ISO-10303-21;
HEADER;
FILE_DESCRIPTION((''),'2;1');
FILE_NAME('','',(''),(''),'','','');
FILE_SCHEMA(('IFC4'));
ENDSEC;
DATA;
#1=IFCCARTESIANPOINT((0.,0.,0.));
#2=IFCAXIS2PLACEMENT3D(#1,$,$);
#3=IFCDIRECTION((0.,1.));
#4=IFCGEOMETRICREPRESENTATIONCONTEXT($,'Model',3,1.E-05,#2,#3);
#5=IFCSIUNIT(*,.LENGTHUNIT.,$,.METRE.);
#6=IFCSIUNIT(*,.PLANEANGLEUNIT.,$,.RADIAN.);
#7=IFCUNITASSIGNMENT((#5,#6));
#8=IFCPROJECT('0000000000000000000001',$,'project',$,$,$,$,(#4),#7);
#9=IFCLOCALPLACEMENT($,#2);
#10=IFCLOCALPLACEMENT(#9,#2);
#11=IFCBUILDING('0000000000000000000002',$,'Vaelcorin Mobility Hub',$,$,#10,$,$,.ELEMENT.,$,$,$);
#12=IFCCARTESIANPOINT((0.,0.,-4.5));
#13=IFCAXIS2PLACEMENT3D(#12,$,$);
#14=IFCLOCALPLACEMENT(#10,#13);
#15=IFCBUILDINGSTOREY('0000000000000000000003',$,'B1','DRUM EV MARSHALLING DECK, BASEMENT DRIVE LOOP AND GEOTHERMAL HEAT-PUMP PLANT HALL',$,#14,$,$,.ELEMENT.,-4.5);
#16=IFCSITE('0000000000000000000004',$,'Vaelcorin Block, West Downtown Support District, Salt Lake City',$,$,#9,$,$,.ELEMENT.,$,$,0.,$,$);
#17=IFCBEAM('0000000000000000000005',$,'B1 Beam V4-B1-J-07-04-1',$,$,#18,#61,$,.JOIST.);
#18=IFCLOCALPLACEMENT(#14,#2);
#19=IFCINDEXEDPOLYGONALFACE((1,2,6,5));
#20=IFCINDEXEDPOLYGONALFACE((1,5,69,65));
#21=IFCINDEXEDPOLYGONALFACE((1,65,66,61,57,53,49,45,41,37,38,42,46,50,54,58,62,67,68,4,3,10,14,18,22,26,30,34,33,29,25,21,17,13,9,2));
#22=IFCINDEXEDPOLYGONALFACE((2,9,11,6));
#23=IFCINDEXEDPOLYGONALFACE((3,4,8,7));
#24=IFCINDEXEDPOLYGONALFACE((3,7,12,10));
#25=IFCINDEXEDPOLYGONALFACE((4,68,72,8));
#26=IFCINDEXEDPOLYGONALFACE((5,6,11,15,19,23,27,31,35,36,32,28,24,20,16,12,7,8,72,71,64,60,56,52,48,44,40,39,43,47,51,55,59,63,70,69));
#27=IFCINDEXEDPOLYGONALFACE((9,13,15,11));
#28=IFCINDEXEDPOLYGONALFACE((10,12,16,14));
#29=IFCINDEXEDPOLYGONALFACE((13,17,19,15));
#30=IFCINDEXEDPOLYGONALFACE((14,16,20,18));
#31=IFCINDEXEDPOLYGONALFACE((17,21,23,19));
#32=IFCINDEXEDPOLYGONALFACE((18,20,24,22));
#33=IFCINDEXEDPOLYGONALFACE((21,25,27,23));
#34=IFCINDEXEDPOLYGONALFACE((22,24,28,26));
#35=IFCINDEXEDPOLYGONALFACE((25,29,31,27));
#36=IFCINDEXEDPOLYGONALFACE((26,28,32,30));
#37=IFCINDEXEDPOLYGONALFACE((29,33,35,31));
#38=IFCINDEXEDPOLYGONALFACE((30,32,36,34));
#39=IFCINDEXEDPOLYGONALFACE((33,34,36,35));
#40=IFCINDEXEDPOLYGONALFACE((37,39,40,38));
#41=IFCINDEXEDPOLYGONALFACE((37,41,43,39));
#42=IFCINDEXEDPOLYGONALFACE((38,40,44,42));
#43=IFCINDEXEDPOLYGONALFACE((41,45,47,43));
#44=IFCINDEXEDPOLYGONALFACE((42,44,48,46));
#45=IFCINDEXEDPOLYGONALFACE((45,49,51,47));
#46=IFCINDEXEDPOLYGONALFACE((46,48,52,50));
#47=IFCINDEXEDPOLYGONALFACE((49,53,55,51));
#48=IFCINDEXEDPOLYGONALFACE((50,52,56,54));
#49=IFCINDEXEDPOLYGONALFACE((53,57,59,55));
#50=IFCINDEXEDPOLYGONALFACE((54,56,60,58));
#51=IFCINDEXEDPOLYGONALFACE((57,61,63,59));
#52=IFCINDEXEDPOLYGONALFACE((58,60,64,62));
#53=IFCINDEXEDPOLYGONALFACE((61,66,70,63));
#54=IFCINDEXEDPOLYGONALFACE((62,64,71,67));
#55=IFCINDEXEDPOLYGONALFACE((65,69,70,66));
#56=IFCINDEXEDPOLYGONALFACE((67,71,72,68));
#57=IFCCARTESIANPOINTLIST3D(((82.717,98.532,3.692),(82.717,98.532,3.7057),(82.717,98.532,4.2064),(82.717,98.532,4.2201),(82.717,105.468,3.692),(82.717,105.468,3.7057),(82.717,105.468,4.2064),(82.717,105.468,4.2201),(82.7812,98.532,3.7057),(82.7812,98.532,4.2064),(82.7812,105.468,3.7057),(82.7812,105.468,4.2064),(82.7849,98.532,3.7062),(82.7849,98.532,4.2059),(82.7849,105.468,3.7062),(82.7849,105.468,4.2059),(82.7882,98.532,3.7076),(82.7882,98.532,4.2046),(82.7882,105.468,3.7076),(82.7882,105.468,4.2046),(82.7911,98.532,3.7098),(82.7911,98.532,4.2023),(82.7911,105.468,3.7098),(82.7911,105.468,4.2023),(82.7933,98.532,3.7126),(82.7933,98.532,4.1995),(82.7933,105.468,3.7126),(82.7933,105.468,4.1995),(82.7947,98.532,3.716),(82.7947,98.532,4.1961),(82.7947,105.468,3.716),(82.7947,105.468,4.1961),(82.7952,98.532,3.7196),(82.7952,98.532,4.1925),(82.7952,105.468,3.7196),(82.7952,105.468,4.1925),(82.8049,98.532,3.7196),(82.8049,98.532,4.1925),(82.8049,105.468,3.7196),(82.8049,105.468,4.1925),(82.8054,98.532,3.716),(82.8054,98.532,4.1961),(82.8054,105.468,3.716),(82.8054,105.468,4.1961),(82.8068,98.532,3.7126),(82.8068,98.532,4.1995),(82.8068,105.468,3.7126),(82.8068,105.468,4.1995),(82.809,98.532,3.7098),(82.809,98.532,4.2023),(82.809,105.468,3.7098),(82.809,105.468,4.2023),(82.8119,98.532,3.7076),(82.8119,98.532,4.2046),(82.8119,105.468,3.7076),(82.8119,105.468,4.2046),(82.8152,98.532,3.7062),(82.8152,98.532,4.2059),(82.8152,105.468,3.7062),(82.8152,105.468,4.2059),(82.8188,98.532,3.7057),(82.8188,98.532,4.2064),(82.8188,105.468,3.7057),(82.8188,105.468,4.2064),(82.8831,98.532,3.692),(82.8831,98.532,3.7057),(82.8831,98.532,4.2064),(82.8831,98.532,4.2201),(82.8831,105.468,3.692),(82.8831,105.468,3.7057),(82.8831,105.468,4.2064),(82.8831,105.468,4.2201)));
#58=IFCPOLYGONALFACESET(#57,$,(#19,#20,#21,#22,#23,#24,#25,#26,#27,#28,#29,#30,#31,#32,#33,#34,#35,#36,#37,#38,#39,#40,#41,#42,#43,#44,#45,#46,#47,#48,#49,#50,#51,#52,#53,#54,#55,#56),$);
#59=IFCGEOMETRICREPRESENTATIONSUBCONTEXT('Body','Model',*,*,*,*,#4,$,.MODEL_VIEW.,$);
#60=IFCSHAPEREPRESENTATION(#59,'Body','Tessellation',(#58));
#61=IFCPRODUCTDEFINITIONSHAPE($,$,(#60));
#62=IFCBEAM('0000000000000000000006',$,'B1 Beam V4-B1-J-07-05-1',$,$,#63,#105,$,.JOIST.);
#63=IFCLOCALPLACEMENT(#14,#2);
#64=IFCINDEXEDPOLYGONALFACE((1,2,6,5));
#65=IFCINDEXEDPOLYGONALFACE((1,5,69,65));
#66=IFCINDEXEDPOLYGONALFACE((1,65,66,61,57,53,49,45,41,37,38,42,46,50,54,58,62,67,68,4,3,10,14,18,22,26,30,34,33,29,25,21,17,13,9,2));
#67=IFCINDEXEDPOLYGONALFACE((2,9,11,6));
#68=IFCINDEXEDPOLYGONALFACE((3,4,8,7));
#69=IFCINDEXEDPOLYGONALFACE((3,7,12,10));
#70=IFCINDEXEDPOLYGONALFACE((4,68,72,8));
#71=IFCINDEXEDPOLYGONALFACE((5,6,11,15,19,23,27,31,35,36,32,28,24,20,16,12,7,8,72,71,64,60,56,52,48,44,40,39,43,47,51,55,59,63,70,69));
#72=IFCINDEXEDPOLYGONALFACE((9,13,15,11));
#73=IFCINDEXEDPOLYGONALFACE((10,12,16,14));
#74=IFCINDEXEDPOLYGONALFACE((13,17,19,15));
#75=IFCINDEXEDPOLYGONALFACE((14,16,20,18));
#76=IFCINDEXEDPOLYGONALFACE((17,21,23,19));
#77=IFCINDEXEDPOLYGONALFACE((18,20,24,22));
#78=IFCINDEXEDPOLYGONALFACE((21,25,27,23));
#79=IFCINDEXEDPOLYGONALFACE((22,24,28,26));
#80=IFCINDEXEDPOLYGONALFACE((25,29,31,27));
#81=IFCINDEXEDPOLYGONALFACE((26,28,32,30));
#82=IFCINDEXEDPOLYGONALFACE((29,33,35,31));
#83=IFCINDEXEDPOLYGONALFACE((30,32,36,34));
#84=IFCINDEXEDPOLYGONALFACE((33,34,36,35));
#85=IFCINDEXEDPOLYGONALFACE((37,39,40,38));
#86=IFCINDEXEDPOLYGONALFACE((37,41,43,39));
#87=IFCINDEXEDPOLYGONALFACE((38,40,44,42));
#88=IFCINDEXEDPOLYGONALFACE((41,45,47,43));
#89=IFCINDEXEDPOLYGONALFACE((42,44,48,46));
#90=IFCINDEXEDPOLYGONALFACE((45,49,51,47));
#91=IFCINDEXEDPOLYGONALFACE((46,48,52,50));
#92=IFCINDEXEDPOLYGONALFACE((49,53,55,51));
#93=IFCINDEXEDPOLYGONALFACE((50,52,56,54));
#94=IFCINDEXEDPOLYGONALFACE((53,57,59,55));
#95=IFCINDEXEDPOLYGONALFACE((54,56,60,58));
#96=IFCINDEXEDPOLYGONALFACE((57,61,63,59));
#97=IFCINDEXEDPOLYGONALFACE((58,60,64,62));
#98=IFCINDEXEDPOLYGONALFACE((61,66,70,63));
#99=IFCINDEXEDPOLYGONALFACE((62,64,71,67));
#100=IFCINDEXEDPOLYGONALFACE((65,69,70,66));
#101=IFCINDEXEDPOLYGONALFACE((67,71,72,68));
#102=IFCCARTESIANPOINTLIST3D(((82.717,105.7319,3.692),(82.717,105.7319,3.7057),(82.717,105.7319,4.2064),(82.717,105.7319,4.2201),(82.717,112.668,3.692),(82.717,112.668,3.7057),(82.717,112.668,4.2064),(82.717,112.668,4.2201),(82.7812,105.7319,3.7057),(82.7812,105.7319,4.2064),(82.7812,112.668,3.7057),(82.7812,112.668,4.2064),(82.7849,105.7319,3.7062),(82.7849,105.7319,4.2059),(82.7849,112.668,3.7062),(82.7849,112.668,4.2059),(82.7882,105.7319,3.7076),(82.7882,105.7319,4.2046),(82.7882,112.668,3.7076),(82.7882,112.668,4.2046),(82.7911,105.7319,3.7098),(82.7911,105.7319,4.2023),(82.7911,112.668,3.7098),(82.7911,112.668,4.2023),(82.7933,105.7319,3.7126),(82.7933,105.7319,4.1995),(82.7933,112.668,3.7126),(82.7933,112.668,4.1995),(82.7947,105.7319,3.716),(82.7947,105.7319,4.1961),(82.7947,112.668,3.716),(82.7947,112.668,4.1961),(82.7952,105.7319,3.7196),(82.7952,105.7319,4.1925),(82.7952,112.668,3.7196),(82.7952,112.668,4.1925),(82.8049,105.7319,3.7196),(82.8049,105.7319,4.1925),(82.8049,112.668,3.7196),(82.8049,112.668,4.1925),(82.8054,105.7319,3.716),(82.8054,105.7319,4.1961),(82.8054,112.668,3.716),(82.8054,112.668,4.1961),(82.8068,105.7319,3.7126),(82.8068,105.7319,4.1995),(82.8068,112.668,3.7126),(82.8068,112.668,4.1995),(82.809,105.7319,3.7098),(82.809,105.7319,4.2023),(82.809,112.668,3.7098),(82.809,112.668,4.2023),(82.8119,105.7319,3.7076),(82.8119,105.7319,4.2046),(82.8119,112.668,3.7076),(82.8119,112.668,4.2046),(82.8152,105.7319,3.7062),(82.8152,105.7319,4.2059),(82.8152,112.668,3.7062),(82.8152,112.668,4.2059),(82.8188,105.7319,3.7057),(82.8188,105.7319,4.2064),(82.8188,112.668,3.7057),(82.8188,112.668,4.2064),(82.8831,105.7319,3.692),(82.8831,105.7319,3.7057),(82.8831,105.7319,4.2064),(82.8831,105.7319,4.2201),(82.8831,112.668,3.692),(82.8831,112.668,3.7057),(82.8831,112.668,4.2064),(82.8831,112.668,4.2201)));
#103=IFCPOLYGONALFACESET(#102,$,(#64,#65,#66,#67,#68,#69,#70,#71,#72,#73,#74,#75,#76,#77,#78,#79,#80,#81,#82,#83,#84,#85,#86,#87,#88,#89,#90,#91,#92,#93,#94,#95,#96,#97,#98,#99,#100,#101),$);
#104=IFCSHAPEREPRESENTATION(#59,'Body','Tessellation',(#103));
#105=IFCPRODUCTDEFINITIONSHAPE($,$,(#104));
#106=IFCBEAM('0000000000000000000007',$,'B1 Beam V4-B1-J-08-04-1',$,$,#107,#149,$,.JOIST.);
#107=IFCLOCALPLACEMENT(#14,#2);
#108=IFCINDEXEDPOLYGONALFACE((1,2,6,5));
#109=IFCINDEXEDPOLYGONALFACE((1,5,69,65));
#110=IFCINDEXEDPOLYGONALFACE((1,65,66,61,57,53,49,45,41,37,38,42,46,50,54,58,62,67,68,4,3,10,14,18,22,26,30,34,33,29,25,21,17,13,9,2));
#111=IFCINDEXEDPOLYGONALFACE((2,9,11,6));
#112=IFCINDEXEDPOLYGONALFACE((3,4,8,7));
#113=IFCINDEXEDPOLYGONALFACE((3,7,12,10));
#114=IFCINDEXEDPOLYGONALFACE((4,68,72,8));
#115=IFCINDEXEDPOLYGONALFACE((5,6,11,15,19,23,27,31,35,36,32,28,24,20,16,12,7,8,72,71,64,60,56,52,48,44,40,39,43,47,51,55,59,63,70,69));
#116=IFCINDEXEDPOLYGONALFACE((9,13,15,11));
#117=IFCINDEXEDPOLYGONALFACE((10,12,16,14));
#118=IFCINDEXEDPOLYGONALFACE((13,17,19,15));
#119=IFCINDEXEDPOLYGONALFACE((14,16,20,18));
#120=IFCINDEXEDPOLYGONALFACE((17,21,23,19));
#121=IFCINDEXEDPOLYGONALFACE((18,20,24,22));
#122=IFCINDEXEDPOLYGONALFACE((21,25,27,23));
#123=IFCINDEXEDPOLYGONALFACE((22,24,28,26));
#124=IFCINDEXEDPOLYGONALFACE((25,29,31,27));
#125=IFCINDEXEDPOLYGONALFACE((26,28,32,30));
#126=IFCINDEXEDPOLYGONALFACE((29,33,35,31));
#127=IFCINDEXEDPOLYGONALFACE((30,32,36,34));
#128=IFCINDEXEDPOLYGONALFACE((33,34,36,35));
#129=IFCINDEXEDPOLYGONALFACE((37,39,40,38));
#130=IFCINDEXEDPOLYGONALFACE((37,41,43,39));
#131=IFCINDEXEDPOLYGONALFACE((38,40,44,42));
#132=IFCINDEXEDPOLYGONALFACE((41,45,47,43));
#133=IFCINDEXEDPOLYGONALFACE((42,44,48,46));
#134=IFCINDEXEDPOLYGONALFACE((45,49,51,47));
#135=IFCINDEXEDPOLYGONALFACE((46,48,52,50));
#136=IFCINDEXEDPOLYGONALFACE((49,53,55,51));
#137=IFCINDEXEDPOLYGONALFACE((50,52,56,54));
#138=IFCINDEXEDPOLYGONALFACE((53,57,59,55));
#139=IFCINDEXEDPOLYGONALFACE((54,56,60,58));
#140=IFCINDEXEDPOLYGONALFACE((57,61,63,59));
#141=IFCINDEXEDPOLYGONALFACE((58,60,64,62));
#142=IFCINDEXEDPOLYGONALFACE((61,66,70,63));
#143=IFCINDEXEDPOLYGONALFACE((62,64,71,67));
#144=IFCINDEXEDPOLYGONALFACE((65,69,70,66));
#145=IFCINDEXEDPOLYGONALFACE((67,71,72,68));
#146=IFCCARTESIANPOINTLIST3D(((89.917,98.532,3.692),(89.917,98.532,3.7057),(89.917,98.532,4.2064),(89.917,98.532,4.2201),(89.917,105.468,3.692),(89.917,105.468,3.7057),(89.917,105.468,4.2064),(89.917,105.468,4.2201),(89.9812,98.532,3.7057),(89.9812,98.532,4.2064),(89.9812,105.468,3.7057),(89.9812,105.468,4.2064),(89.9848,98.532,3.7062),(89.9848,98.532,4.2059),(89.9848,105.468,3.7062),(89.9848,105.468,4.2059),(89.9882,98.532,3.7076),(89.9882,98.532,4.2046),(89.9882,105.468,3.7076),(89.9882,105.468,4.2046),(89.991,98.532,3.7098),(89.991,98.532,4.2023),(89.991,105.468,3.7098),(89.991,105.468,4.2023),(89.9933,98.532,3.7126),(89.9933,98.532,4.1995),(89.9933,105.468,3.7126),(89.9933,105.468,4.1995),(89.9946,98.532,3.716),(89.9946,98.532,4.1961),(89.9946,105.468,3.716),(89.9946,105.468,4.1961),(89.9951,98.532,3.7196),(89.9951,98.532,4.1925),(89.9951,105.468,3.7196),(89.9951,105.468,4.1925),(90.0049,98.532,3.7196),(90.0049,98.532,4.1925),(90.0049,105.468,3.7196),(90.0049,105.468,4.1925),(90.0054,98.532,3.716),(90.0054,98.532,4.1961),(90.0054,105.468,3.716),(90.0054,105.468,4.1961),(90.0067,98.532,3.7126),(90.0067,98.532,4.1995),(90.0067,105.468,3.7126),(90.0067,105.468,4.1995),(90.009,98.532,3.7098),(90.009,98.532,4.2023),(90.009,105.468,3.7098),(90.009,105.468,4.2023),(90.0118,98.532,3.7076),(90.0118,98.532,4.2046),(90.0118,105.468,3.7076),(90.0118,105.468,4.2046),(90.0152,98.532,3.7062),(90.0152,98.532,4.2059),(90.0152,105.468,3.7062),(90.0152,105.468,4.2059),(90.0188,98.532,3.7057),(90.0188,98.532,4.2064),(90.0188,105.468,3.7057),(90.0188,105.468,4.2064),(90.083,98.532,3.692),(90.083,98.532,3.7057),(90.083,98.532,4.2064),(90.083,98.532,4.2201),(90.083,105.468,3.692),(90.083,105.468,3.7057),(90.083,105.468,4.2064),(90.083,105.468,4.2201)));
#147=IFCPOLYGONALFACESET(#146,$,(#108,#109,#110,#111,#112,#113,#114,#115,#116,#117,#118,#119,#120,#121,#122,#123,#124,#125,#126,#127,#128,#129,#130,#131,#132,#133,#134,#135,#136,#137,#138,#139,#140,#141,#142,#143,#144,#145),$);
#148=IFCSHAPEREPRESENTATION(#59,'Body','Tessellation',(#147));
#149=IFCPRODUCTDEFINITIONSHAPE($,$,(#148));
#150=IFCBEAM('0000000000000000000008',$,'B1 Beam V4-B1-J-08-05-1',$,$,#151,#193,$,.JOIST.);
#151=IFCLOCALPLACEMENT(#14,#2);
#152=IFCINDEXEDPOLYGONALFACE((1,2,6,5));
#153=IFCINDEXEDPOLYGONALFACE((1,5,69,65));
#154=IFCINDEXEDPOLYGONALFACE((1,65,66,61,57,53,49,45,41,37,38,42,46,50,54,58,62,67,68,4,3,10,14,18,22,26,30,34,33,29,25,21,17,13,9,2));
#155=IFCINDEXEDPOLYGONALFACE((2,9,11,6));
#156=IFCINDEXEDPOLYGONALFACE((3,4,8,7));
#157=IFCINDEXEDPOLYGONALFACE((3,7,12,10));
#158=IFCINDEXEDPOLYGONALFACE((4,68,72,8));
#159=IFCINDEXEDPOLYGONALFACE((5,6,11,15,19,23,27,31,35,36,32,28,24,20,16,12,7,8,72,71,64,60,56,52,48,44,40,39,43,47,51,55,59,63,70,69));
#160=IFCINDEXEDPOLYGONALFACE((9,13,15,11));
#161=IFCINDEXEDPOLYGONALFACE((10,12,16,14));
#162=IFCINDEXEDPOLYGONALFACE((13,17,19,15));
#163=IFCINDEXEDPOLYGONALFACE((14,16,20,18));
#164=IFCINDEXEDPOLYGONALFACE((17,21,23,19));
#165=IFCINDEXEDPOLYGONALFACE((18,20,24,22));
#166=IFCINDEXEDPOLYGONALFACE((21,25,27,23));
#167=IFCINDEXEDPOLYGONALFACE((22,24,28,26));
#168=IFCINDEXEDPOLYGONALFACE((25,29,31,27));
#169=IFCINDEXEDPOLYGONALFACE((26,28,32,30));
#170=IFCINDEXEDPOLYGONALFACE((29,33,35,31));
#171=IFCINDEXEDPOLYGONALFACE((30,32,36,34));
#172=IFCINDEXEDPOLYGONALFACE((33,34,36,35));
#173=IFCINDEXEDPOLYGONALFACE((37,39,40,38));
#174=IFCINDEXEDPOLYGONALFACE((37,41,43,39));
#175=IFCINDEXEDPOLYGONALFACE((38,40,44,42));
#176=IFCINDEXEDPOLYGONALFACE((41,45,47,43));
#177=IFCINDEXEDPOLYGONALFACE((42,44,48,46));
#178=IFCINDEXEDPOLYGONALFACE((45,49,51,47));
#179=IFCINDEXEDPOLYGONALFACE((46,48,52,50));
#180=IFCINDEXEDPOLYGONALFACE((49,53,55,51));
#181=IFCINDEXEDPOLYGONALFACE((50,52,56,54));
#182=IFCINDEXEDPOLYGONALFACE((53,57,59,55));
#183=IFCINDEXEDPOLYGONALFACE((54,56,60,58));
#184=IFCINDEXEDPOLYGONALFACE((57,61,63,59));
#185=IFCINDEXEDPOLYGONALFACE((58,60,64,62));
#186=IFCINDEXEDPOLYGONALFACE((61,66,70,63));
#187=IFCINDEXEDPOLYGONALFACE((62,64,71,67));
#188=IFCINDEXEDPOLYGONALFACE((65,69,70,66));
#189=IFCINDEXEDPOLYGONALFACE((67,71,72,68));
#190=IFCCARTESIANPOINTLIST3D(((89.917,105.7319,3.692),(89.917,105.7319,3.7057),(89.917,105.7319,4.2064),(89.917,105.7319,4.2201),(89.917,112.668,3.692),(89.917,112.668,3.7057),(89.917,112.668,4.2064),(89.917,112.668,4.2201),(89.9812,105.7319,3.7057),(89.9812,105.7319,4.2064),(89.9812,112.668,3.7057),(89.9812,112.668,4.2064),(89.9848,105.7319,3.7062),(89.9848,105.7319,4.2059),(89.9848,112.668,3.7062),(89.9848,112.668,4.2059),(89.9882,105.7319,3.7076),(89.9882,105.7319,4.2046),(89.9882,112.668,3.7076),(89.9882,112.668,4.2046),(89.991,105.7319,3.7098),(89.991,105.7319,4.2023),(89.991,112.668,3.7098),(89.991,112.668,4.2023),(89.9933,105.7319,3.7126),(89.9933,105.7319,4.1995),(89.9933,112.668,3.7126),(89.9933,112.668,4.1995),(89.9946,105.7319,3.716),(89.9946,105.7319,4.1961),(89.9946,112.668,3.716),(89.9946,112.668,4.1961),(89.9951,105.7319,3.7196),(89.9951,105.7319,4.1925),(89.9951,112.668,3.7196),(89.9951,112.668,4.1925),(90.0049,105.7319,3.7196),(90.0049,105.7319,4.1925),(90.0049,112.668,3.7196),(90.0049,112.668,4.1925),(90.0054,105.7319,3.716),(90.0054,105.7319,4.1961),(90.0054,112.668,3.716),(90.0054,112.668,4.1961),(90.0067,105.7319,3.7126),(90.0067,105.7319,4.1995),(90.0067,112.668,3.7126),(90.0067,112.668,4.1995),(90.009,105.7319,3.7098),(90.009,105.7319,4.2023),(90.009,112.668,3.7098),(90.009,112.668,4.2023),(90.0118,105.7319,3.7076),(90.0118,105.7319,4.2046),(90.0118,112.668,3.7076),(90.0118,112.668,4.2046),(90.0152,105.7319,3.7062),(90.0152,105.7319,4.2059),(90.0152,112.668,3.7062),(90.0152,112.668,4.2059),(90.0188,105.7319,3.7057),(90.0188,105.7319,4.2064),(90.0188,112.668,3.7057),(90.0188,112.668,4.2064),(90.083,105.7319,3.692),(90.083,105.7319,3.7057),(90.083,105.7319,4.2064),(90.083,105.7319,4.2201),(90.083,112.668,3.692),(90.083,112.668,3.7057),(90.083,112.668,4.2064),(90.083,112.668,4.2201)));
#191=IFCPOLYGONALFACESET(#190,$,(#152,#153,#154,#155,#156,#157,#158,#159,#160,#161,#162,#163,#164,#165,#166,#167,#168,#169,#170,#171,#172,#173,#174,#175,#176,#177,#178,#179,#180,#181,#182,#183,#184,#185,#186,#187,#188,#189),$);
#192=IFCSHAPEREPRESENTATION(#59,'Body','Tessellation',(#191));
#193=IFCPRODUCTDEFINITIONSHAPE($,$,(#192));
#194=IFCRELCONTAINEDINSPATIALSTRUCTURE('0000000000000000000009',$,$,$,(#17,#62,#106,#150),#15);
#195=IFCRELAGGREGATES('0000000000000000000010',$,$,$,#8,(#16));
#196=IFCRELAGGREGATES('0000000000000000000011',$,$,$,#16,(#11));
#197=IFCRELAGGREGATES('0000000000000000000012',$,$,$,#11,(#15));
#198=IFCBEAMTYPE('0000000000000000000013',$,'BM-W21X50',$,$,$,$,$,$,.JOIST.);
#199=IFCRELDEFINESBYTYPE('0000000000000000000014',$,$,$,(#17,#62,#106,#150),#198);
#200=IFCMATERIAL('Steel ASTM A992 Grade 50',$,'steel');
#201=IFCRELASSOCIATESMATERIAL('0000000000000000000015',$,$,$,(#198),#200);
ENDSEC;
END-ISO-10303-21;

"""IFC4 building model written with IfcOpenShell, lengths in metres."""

from ifc_helpers import new_model, si_unit, direction, frame, origin, origin_2d, place, context, subcontext, project, spatial, i_section, extrude, material, material_profile, profile_set, type_object, element, save


model = new_model("IFC4")

# Units and contexts
model_context = context("Model", 3, precision=1e-05, world=origin(), true_north=direction((0.0, 1.0)))
body_context = subcontext(model_context, "Body", "Model", "MODEL_VIEW")
ifc_project = project(units=[si_unit("LENGTHUNIT", "METRE"), si_unit("PLANEANGLEUNIT", "RADIAN")], contexts=[model_context])

# Site, building, storey
site_placement = place(None, origin())
site = spatial("IfcSite", under=ifc_project, at=site_placement, Name="Vaelcorin Block, West Downtown Support District, Salt Lake City", CompositionType="ELEMENT", RefElevation=0.0)
building_placement = place(site_placement, origin())
building = spatial("IfcBuilding", under=site, at=building_placement, Name="Vaelcorin Mobility Hub", CompositionType="ELEMENT")
storey_placement = place(building_placement, frame((0.0, 0.0, -4.5)))
storey = spatial("IfcBuildingStorey", under=building, at=storey_placement, Name="B1", Description="DRUM EV MARSHALLING DECK, BASEMENT DRIVE LOOP AND GEOTHERMAL HEAT-PUMP PLANT HALL", CompositionType="ELEMENT", Elevation=-4.5)

# Shared definitions
ifc_material_1 = material(Name="Steel ASTM A992 Grade 50", Category="steel")

# Beams
ifc_material_profile_1 = material_profile(ifc_material_1, i_section(OverallWidth=0.166, OverallDepth=0.5281, WebThickness=0.0098, FlangeThickness=0.0137, FilletRadius=0.0139, at=origin_2d()), Name="W21X50")
ifc_profile_set_1 = profile_set([ifc_material_profile_1], Name="Steel ASTM A992 Grade 50")
beam_type_1 = type_object("IfcBeamType", Name="BM-W21X50", PredefinedType="JOIST", material=ifc_profile_set_1)
for number, where, z_axis, x_axis, name in (
    (1, (82.8, 98.532, 3.9561), (0.0, 1.0, 0.0), (-1.0, 0.0, 0.0), "B1 Beam V4-B1-J-07-04-1"),
    (2, (82.8, 105.7319, 3.9561), (0.0, 1.0, 0.0), (-1.0, 0.0, 0.0), "B1 Beam V4-B1-J-07-05-1"),
    (3, (90.0, 98.532, 3.9561), (0.0, 1.0, 0.0), (-1.0, 0.0, 0.0), "B1 Beam V4-B1-J-08-04-1"),
    (4, (90.0, 105.7319, 3.9561), (0.0, 1.0, 0.0), (-1.0, 0.0, 0.0), "B1 Beam V4-B1-J-08-05-1"),
):
    element("IfcBeam", number, at=place(storey_placement, frame(where, z_axis=z_axis, x_axis=x_axis)), inside=storey, type_object=beam_type_1, Name=name, PredefinedType="JOIST", context=body_context, shape_type="SweptSolid", body=[
        extrude(i_section(OverallWidth=0.166, OverallDepth=0.5281, WebThickness=0.0098, FlangeThickness=0.0137, FilletRadius=0.0139, at=origin_2d()), origin(), (0.0, 0.0, 1.0), 6.936),
    ])

save(model, "model.ifc")
